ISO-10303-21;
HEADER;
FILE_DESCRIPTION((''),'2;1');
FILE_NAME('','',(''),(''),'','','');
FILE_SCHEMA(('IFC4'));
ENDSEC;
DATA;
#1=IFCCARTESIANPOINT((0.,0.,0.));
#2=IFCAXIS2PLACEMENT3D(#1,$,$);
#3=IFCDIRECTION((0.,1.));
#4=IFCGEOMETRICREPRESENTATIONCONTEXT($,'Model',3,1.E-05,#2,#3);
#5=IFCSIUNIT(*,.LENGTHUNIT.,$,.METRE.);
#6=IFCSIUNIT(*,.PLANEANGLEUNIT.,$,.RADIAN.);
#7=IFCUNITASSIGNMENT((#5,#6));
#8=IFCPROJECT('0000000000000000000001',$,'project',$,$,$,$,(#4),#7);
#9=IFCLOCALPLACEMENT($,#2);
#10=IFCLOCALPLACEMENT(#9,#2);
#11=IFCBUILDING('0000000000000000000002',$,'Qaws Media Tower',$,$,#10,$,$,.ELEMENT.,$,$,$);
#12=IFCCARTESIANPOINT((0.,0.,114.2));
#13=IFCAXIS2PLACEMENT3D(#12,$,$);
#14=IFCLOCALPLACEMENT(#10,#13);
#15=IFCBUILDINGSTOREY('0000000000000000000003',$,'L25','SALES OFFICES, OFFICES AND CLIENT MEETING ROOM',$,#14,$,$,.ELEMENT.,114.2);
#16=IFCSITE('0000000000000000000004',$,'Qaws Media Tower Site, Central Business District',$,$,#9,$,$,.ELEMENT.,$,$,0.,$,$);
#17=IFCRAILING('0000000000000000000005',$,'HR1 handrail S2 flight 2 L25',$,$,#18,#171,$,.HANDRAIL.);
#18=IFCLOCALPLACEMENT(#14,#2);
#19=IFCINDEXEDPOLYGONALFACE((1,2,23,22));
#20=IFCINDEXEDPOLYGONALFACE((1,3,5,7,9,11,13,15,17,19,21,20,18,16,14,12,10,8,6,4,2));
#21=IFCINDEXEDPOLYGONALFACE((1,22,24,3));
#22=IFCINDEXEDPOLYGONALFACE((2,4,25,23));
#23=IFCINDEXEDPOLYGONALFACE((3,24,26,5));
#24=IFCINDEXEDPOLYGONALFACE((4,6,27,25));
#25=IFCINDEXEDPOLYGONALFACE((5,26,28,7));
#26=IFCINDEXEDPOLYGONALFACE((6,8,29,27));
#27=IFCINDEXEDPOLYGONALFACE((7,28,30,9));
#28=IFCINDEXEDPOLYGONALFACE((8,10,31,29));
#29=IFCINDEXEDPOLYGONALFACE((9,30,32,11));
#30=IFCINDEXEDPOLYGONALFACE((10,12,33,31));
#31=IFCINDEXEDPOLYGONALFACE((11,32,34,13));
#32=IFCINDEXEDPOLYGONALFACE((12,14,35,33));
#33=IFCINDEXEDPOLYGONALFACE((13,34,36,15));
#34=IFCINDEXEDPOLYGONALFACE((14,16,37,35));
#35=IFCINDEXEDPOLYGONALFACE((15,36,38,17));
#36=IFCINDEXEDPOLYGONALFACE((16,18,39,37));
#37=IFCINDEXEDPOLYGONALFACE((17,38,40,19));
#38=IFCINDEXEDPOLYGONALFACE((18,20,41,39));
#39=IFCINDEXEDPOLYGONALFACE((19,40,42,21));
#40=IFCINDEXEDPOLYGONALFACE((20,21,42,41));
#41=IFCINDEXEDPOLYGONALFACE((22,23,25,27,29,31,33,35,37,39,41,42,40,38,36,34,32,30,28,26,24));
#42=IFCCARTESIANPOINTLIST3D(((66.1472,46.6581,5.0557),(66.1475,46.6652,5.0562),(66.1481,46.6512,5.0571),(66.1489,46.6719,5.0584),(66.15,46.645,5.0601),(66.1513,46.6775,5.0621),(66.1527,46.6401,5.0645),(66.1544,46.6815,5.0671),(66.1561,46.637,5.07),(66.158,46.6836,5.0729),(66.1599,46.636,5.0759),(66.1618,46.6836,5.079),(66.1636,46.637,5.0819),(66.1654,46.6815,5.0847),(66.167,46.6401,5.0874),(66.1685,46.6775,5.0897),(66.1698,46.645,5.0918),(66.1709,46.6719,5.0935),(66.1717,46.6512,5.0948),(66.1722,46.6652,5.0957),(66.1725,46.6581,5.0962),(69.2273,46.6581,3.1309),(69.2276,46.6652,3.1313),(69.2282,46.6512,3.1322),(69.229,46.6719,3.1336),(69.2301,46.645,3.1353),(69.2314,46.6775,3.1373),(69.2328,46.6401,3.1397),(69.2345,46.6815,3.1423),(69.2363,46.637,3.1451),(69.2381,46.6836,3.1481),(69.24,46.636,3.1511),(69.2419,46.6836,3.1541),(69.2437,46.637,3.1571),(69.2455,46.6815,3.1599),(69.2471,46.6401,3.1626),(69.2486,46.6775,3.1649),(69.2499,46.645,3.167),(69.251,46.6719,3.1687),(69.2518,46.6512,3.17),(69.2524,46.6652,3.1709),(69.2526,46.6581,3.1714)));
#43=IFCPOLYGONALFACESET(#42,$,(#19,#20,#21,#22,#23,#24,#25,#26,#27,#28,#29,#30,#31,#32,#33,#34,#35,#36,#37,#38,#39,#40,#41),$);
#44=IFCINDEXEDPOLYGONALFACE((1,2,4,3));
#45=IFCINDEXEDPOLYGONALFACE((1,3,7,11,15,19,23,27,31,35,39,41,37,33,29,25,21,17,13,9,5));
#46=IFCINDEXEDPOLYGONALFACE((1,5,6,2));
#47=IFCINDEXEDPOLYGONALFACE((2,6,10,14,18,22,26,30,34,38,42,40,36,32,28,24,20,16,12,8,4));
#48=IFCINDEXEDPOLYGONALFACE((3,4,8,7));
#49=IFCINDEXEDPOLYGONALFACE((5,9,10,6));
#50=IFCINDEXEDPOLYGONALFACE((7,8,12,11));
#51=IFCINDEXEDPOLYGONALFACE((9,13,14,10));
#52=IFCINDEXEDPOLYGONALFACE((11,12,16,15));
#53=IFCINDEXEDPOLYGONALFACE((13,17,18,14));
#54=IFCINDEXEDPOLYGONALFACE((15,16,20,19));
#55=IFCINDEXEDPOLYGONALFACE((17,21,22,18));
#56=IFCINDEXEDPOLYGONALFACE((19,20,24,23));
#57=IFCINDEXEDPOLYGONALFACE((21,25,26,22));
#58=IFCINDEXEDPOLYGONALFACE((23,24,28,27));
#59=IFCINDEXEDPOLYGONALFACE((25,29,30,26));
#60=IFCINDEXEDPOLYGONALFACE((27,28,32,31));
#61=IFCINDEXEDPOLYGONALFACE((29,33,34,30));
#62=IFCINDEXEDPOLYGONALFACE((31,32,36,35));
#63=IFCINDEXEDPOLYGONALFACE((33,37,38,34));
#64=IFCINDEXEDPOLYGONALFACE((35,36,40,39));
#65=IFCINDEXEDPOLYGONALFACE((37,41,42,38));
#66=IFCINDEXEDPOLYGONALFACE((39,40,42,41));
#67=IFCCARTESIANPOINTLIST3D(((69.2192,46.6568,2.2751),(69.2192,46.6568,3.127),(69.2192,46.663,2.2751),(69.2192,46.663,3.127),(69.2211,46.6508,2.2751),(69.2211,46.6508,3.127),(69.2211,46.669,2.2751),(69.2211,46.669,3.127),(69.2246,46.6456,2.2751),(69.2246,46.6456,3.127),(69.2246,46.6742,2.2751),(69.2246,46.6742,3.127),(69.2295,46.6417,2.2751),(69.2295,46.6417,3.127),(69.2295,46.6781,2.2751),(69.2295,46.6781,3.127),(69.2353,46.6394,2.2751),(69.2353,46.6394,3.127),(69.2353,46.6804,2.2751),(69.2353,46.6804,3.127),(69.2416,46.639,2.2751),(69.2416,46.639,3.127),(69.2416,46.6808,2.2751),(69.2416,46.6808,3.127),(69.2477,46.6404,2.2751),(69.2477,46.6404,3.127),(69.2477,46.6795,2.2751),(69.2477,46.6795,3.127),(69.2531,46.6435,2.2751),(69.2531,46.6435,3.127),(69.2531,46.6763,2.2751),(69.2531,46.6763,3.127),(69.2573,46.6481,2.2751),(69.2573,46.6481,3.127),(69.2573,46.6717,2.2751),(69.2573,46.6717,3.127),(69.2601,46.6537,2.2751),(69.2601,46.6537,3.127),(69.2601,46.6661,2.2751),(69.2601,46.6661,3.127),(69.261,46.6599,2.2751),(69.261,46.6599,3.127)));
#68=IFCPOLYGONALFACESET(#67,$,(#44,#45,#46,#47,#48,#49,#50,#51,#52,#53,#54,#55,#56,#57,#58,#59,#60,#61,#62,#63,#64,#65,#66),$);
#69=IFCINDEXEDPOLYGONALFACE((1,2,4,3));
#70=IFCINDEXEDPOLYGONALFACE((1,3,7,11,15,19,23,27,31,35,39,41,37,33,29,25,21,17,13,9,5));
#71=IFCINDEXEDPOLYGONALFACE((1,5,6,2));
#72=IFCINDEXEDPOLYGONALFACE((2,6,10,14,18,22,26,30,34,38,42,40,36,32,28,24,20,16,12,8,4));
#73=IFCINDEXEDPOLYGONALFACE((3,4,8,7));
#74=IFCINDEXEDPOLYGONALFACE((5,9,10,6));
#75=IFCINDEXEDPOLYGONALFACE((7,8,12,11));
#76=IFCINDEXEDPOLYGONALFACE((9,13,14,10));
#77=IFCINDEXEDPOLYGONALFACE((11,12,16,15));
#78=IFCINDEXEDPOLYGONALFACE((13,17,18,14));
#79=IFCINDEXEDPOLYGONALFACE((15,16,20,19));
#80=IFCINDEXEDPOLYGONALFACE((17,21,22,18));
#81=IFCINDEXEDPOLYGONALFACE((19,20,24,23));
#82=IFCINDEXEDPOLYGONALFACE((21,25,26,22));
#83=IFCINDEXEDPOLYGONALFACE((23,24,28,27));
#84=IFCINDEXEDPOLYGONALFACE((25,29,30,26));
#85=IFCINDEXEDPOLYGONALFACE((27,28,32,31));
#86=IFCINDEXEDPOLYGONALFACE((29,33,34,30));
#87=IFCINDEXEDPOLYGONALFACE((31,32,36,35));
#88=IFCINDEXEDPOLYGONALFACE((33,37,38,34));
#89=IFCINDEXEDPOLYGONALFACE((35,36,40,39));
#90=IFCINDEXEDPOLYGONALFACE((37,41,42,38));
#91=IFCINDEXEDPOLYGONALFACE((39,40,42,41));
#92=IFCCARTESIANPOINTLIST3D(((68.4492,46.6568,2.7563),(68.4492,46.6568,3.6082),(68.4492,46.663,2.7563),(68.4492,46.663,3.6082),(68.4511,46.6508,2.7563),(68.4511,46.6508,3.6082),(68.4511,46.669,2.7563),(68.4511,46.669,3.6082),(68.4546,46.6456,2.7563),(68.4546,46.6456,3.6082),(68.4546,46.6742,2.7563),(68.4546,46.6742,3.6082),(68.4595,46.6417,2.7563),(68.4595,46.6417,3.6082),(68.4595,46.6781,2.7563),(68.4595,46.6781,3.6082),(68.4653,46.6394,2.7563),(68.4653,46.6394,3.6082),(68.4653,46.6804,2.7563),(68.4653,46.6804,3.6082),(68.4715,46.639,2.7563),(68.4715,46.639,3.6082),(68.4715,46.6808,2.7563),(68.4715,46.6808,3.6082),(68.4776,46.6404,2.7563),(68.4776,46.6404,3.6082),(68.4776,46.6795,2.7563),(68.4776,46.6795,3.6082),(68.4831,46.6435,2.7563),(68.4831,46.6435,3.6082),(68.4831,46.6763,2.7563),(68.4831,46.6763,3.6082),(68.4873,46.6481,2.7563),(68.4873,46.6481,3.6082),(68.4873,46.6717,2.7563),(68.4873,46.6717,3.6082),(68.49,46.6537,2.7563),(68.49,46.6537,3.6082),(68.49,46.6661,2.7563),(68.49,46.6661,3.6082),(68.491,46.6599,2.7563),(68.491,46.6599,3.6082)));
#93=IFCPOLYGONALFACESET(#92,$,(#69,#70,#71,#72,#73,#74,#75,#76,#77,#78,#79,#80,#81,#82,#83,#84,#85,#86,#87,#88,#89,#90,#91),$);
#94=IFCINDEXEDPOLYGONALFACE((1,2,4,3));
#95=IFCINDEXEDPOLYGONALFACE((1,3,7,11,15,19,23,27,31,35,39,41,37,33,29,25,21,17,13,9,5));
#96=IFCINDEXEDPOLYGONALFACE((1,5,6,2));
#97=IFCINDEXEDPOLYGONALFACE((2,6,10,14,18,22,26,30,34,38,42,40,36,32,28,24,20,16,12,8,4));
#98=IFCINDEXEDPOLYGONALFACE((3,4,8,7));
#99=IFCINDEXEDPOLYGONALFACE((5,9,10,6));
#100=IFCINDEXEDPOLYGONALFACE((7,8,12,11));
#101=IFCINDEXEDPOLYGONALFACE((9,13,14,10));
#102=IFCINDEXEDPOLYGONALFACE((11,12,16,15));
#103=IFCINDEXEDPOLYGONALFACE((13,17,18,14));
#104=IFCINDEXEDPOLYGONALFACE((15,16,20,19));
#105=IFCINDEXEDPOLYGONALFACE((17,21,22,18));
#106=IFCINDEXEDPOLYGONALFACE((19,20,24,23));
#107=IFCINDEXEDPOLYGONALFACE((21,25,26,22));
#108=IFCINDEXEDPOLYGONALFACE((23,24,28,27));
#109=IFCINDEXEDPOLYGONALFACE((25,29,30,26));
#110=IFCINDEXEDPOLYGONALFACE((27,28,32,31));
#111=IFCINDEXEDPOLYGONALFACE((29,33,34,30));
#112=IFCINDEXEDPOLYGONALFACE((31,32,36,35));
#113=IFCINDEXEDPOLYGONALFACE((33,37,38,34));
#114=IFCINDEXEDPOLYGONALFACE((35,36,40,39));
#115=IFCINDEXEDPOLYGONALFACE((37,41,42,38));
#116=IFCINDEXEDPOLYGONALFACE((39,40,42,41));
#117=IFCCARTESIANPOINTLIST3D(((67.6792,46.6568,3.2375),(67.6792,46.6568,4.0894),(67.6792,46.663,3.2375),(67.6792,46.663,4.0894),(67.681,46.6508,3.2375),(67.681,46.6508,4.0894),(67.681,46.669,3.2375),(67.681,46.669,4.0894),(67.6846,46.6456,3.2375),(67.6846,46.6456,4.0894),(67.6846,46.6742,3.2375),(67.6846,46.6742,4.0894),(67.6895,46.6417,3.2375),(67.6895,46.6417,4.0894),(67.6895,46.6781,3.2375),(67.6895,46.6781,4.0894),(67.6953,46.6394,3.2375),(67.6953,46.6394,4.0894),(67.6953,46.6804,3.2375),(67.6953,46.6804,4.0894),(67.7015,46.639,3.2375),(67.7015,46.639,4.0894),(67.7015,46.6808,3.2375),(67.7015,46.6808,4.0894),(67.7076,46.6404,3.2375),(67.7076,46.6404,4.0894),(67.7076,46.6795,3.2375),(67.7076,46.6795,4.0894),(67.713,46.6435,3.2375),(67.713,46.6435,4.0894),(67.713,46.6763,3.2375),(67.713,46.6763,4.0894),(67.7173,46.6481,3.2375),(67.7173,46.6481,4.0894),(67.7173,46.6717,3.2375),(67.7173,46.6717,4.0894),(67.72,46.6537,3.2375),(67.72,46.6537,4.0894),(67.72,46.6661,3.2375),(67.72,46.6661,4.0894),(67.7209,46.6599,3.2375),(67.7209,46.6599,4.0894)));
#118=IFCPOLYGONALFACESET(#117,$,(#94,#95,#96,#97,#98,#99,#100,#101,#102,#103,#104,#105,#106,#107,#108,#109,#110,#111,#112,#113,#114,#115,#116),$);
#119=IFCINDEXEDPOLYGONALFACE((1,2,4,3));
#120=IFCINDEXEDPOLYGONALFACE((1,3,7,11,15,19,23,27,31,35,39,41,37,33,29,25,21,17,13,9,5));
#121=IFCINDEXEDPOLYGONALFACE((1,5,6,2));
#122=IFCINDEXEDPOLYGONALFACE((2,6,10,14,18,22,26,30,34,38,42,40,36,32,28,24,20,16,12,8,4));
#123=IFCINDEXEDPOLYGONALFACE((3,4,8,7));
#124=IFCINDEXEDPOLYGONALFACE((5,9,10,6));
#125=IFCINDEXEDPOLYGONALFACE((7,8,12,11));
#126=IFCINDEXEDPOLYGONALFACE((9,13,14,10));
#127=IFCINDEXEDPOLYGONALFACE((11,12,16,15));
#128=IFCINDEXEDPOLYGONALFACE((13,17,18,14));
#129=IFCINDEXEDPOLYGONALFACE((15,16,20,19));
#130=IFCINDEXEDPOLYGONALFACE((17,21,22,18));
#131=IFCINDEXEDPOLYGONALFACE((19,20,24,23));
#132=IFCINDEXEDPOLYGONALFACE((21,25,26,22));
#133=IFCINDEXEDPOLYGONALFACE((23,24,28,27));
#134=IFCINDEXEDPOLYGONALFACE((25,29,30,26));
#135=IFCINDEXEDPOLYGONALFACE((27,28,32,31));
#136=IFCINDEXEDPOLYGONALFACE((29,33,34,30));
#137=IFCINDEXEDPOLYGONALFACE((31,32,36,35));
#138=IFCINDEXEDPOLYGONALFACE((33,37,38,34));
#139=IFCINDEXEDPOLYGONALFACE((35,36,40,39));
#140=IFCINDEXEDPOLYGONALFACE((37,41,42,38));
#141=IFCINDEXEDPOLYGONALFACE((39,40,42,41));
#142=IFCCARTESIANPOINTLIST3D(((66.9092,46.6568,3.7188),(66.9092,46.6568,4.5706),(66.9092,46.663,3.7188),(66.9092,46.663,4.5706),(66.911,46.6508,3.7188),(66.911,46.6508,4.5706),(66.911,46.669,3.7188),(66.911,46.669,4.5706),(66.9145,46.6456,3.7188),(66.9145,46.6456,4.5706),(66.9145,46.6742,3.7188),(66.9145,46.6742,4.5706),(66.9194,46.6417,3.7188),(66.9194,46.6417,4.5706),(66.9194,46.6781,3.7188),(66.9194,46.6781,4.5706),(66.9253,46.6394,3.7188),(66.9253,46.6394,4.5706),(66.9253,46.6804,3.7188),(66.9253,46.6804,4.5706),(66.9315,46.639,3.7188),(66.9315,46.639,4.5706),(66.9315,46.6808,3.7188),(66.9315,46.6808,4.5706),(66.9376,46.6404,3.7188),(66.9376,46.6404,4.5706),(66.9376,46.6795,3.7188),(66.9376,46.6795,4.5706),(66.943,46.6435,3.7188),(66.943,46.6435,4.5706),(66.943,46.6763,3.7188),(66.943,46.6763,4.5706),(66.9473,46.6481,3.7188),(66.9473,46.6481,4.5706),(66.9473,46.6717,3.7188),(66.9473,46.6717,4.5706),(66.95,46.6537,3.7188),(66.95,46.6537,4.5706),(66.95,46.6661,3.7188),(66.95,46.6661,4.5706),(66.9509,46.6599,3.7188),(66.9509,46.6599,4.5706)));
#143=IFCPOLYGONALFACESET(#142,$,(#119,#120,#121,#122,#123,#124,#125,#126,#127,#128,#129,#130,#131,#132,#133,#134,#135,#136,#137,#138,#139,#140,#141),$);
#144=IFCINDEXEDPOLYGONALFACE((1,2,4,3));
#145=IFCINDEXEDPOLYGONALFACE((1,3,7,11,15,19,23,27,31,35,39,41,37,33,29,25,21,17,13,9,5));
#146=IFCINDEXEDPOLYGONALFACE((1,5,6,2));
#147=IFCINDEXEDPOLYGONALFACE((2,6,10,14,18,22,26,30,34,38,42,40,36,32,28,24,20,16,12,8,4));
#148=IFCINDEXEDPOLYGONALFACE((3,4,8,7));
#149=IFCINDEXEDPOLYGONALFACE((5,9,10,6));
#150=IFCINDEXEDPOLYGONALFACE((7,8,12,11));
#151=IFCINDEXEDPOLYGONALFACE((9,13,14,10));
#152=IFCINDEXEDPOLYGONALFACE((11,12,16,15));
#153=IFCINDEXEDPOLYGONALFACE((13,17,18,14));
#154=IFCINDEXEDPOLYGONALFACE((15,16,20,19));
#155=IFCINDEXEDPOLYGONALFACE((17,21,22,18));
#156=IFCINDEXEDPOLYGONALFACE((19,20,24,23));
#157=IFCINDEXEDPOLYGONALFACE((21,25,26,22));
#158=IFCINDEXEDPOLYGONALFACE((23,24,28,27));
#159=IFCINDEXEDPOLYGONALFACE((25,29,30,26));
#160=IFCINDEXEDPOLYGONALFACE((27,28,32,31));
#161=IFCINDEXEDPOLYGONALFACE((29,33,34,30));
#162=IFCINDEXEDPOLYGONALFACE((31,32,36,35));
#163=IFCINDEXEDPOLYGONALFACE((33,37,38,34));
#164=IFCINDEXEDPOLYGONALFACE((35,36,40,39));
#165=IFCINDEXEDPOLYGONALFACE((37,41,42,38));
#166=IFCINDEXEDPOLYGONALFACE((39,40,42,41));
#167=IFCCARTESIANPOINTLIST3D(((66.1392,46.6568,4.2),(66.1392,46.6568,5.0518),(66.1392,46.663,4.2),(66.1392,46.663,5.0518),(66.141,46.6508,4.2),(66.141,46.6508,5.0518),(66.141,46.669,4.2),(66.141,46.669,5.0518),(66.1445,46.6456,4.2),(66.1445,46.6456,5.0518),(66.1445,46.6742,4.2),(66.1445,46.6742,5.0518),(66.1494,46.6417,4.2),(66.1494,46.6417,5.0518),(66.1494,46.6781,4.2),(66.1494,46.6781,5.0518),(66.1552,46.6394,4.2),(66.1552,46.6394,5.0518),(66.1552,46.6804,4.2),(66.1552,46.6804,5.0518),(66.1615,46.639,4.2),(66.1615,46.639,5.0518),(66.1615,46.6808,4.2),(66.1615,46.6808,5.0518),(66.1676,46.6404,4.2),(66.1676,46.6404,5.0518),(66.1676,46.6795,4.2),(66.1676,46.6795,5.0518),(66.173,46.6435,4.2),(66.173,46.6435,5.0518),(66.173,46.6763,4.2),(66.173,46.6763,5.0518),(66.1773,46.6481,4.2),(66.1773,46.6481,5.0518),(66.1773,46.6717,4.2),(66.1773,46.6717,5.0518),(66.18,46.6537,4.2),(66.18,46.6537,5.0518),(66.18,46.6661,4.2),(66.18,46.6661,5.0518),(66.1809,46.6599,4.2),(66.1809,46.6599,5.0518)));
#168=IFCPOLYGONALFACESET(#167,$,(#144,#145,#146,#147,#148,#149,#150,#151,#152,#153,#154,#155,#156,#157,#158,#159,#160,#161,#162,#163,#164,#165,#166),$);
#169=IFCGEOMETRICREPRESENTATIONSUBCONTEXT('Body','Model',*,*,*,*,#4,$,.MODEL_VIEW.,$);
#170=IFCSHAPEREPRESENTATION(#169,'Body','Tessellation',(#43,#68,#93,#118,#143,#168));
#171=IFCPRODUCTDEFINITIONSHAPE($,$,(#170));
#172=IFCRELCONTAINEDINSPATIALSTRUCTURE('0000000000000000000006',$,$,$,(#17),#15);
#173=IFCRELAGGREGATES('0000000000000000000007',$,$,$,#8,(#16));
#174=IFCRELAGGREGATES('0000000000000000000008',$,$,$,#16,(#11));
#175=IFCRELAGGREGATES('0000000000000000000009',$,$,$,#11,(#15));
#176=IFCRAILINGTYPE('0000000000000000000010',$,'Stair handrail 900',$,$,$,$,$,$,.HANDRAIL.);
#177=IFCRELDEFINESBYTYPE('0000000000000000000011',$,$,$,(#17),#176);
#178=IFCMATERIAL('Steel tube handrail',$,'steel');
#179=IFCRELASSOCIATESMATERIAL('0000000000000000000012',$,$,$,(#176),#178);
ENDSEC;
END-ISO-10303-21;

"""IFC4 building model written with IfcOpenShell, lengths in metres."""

from ifc_helpers import new_model, si_unit, direction, frame, origin, origin_2d, place, context, subcontext, project, spatial, circle, extrude, material, type_object, element, save


model = new_model("IFC4")

# Units and contexts
model_context = context("Model", 3, precision=1e-05, world=origin(), true_north=direction((0.0, 1.0)))
body_context = subcontext(model_context, "Body", "Model", "MODEL_VIEW")
ifc_project = project(units=[si_unit("LENGTHUNIT", "METRE"), si_unit("PLANEANGLEUNIT", "RADIAN")], contexts=[model_context])

# Site, building, storey
site_placement = place(None, origin())
site = spatial("IfcSite", under=ifc_project, at=site_placement, Name="Qaws Media Tower Site, Central Business District", CompositionType="ELEMENT", RefElevation=0.0)
building_placement = place(site_placement, origin())
building = spatial("IfcBuilding", under=site, at=building_placement, Name="Qaws Media Tower", CompositionType="ELEMENT")
storey_placement = place(building_placement, frame((0.0, 0.0, 114.2)))
storey = spatial("IfcBuildingStorey", under=building, at=storey_placement, Name="L25", Description="SALES OFFICES, OFFICES AND CLIENT MEETING ROOM", CompositionType="ELEMENT", Elevation=114.2)

# Railing
ifc_material_1 = material(Name="Steel tube handrail", Category="steel")
railing_type = type_object("IfcRailingType", Name="Stair handrail 900", PredefinedType="HANDRAIL", material=ifc_material_1)
for number, where, name in (
    (1, (69.24, 46.6599, 2.2751), "HR1 handrail S2 flight 2 L25"),
):
    element("IfcRailing", number, at=place(storey_placement, frame(where)), inside=storey, type_object=railing_type, Name=name, PredefinedType="HANDRAIL", context=body_context, shape_type="SweptSolid", body=[
        extrude(circle(Radius=0.0239, at=origin_2d()), frame((0.0, 0.0, 0.876), z_axis=(-0.848029, 0.0, 0.529951), x_axis=(0.0, -1.0, 0.0)), (0.0, 0.0, 1.0), 3.6321),
        extrude(circle(Radius=0.021, at=origin_2d()), origin(), (0.0, 0.0, 1.0), 0.8518),
        extrude(circle(Radius=0.021, at=origin_2d()), frame((-0.77, 0.0, 0.4812)), (0.0, 0.0, 1.0), 0.8518),
        extrude(circle(Radius=0.021, at=origin_2d()), frame((-1.54, 0.0, 0.9624)), (0.0, 0.0, 1.0), 0.8518),
        extrude(circle(Radius=0.021, at=origin_2d()), frame((-2.3101, 0.0, 1.4436)), (0.0, 0.0, 1.0), 0.8518),
        extrude(circle(Radius=0.021, at=origin_2d()), frame((-3.0801, 0.0, 1.9248)), (0.0, 0.0, 1.0), 0.8518),
    ])

save(model, "model.ifc")
